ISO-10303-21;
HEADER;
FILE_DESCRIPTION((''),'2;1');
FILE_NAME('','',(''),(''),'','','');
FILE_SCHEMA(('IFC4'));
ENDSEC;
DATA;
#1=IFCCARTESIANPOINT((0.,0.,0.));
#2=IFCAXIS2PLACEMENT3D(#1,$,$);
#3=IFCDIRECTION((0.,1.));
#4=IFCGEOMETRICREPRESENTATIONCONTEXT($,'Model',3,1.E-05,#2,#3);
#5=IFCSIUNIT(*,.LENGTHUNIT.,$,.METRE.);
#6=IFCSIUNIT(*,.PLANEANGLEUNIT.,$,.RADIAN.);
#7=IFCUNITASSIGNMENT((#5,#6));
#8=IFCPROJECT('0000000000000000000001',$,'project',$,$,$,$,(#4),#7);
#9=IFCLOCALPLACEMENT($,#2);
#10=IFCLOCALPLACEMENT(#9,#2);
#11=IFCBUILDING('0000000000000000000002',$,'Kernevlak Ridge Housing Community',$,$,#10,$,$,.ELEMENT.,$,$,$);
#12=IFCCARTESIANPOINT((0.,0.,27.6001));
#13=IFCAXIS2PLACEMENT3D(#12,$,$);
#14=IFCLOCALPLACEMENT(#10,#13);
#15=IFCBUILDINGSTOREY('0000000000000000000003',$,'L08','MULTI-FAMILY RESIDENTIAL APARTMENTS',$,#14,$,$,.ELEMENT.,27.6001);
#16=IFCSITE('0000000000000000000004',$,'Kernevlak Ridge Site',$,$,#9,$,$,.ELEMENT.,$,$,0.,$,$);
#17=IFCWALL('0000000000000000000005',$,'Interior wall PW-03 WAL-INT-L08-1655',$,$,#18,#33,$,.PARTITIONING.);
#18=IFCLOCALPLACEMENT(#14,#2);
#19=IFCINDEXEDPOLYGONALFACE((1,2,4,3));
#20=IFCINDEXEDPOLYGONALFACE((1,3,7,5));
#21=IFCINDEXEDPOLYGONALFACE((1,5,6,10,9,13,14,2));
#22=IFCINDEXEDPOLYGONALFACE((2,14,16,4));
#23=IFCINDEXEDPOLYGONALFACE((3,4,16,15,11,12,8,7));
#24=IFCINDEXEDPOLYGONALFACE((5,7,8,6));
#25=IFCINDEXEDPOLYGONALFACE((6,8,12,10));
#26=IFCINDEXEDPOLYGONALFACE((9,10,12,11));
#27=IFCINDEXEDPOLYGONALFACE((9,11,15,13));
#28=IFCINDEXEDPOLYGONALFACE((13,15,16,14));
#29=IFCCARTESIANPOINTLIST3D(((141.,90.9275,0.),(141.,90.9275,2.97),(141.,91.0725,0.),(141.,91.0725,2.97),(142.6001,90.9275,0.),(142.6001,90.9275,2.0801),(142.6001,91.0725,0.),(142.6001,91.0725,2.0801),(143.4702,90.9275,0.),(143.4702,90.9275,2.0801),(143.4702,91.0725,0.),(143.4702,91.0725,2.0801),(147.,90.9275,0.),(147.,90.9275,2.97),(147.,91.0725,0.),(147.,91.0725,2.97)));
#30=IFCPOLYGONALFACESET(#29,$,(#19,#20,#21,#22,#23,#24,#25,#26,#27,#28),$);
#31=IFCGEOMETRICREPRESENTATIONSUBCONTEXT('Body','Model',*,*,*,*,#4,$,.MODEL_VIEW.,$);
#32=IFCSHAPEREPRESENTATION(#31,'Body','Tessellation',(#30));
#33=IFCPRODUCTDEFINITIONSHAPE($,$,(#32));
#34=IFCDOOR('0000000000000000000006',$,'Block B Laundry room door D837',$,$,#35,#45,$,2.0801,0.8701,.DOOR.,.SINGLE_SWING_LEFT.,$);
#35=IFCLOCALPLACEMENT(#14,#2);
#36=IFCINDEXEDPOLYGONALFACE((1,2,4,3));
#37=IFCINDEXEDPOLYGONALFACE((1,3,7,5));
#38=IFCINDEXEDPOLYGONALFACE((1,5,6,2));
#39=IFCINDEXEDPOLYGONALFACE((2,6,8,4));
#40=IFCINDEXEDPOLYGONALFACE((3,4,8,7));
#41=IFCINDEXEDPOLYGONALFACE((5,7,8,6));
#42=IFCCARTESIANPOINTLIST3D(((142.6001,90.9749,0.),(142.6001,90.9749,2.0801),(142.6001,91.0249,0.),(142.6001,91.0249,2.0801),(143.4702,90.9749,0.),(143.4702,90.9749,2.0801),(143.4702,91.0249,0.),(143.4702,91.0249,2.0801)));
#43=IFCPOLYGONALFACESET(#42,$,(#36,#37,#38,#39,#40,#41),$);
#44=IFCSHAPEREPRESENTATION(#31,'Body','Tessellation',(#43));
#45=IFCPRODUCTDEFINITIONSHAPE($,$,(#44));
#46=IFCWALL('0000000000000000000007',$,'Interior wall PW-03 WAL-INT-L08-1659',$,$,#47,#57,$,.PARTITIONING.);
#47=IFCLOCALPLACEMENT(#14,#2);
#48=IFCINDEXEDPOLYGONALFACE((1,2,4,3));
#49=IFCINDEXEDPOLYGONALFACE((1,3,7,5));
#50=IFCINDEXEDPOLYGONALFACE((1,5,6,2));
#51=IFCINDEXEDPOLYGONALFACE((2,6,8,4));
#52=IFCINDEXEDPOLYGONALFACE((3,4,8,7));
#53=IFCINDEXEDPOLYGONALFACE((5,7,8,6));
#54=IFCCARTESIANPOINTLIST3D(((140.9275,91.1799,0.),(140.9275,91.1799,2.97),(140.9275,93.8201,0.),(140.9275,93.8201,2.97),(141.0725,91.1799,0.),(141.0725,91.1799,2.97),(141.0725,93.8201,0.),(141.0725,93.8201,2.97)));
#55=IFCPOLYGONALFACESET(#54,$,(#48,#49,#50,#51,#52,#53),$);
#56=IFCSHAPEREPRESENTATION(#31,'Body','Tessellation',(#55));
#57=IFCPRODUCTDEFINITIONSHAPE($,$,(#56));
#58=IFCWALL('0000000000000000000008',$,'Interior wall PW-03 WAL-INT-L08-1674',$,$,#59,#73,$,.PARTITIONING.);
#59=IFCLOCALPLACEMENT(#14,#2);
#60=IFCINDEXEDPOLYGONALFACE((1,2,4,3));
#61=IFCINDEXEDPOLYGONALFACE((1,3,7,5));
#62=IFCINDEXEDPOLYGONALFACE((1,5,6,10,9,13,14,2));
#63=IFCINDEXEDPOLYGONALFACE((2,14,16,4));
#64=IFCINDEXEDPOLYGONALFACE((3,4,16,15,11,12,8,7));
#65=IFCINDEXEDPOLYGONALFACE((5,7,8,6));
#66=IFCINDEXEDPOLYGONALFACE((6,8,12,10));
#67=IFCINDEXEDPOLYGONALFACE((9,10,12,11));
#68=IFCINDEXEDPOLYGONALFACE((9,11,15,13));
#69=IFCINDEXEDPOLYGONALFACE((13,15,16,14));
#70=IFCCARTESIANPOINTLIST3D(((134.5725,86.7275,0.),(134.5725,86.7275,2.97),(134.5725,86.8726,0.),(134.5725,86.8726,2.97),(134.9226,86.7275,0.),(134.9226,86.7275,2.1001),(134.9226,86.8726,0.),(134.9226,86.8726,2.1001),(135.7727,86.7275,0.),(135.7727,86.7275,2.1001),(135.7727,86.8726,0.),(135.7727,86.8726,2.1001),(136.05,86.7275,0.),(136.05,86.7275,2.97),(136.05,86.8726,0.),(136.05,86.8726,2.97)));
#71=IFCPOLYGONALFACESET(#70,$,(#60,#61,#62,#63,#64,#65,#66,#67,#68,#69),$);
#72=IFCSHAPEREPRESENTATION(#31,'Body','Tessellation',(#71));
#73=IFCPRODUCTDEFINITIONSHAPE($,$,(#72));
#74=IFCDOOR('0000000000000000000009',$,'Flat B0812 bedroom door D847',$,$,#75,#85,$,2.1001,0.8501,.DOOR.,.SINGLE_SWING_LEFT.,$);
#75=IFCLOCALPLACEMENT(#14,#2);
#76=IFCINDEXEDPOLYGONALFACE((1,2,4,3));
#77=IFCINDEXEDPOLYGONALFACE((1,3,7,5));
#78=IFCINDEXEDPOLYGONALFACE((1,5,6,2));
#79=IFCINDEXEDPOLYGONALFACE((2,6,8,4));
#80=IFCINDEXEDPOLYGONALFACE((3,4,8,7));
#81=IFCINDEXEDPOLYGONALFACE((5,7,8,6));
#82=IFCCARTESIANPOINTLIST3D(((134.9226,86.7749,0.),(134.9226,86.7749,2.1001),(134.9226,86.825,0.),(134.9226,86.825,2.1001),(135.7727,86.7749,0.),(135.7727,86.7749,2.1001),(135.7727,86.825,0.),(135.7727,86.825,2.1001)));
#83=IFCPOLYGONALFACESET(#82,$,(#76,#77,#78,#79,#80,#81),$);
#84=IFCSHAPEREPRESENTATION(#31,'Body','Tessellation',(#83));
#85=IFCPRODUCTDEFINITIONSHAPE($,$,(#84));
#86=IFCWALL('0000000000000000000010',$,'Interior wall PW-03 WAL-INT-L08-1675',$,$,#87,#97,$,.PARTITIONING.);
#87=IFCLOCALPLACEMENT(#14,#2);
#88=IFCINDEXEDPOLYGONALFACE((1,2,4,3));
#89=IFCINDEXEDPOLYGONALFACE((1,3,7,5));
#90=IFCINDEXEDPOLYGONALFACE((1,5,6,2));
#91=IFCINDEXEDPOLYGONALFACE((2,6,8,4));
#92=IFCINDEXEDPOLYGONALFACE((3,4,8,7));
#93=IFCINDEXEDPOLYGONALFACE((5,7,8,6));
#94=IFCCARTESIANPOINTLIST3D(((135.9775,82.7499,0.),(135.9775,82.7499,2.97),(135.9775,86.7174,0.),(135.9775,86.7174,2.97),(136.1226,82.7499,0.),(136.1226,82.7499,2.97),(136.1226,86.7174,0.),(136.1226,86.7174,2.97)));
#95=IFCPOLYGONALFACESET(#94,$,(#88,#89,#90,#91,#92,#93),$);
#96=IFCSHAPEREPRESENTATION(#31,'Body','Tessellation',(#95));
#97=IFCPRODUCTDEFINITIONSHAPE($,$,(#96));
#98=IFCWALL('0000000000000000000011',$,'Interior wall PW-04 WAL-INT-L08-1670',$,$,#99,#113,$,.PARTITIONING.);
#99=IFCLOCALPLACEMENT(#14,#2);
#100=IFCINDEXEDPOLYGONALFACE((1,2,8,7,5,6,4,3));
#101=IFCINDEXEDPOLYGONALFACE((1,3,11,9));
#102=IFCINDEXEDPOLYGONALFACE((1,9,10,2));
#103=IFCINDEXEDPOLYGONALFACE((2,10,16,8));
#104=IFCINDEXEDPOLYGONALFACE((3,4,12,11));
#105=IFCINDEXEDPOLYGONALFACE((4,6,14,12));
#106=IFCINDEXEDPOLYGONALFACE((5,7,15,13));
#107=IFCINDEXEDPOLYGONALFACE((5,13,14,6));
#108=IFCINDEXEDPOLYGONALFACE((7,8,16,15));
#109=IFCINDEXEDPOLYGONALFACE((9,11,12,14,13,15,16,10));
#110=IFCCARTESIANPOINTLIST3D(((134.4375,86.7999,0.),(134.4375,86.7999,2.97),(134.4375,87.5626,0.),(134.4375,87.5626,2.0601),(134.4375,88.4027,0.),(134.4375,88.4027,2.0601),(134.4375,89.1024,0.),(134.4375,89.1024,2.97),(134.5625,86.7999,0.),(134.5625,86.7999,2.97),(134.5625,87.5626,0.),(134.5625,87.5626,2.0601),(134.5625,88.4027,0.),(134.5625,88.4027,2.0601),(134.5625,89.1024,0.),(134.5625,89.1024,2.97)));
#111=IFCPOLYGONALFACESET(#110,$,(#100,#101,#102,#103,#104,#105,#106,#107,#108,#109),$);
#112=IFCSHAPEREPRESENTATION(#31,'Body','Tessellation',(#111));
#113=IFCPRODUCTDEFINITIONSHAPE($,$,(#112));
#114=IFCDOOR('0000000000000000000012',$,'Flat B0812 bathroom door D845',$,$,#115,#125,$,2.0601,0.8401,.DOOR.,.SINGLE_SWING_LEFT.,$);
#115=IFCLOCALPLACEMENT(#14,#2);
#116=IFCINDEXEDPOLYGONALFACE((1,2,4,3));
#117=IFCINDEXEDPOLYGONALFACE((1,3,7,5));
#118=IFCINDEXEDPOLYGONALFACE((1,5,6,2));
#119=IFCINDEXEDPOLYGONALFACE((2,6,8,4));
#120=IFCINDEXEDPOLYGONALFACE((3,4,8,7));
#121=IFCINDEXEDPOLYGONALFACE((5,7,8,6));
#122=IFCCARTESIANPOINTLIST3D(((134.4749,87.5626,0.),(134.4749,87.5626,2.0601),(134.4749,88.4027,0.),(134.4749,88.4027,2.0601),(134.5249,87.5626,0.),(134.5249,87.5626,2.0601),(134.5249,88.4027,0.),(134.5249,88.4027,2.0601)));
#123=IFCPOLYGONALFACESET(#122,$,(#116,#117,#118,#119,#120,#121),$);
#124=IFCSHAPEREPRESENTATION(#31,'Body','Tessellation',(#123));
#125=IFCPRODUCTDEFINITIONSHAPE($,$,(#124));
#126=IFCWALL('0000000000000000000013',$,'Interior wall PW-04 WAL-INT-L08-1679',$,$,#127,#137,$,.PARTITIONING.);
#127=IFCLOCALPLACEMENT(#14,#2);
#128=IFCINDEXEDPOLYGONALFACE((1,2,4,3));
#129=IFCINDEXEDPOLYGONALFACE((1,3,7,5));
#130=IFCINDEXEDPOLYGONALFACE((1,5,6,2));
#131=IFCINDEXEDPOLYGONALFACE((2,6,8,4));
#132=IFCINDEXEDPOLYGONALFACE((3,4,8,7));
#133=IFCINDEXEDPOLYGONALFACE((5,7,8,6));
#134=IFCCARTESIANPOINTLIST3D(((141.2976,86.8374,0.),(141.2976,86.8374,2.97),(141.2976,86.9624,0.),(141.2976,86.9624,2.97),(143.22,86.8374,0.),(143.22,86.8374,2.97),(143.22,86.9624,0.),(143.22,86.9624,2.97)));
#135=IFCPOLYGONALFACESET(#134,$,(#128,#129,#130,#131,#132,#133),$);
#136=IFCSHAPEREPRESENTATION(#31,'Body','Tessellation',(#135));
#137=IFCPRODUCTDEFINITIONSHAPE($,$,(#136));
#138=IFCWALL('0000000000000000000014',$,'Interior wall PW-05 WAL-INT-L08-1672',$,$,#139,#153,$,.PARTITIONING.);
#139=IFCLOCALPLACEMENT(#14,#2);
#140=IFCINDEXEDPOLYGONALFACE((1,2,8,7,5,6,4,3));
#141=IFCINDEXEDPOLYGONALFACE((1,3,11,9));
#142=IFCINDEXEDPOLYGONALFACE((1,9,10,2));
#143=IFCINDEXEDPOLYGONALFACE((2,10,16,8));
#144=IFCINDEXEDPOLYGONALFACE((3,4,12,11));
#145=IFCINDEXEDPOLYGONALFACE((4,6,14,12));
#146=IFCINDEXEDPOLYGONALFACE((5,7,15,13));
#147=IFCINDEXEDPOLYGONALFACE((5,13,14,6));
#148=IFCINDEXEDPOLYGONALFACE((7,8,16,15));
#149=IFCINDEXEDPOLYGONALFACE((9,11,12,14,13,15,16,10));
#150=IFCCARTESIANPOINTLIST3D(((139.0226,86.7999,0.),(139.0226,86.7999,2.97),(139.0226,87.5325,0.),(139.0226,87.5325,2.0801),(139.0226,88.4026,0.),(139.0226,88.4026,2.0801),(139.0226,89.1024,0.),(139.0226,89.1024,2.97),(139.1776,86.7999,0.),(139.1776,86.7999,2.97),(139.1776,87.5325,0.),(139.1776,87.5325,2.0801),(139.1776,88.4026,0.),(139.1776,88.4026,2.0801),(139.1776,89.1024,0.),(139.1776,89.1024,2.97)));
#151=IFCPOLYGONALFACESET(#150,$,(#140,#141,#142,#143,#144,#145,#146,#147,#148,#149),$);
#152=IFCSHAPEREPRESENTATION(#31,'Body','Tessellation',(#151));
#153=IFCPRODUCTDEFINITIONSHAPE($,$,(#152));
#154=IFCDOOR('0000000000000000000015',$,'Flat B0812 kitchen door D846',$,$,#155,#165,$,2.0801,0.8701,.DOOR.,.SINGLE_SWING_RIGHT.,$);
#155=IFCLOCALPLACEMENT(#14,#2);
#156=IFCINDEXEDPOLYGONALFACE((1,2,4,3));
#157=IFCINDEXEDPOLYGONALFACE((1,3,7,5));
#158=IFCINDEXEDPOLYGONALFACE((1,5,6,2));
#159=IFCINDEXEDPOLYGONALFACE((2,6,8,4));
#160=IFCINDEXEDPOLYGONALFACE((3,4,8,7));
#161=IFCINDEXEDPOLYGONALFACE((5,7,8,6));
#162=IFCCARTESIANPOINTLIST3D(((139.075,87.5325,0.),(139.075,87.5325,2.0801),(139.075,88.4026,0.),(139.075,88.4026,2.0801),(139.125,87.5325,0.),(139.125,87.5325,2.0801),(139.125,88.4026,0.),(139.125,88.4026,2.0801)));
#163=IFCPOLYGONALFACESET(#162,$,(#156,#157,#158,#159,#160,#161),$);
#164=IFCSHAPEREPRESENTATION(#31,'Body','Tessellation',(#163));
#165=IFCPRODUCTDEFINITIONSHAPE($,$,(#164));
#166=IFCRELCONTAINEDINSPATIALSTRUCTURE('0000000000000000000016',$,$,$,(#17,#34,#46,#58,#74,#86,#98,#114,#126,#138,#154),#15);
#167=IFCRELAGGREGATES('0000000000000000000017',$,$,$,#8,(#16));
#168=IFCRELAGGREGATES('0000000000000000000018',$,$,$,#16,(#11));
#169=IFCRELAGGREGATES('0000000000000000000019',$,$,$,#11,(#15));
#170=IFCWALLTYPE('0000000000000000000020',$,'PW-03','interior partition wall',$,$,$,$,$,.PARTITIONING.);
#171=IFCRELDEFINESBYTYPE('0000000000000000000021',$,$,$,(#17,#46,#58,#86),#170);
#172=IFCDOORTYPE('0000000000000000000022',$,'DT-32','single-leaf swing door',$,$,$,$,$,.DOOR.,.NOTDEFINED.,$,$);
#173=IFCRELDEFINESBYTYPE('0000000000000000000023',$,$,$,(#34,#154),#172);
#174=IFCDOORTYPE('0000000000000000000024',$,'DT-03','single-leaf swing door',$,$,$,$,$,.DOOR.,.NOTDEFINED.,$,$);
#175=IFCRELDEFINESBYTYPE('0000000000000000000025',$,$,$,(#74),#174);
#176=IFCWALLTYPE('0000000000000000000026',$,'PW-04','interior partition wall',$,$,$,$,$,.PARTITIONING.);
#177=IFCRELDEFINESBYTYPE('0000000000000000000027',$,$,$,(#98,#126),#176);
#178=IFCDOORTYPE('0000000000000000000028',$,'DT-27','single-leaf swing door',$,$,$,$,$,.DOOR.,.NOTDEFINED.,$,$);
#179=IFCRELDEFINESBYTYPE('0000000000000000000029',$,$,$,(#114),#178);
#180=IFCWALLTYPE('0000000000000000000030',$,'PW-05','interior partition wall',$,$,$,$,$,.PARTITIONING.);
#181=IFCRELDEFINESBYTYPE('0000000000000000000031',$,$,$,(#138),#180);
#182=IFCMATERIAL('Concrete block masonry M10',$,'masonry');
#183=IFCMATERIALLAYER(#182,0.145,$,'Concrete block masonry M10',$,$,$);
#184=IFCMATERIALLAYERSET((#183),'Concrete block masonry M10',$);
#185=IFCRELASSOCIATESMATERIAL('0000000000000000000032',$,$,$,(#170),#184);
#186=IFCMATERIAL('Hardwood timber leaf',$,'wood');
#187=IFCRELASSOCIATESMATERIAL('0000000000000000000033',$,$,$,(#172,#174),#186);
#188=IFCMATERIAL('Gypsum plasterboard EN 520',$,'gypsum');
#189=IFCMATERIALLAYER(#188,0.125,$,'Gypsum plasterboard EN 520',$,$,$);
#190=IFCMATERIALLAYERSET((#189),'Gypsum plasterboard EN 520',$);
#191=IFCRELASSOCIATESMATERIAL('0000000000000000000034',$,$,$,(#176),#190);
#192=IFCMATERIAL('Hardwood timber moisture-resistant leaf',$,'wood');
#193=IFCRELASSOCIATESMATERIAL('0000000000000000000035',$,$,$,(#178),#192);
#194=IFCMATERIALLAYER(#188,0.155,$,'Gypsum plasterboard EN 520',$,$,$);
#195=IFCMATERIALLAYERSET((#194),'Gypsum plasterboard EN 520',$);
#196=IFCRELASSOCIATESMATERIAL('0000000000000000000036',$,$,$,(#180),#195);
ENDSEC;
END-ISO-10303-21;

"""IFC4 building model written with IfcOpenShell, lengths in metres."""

from ifc_helpers import new_model, si_unit, direction, frame, frame_2d, origin, place, context, subcontext, project, spatial, rectangle, extrude, material, layer, layer_set, type_object, element, fill, save


model = new_model("IFC4")

# Units and contexts
model_context = context("Model", 3, precision=1e-05, world=origin(), true_north=direction((0.0, 1.0)))
body_context = subcontext(model_context, "Body", "Model", "MODEL_VIEW")
ifc_project = project(units=[si_unit("LENGTHUNIT", "METRE"), si_unit("PLANEANGLEUNIT", "RADIAN")], contexts=[model_context])

# Site, building, storey
site_placement = place(None, origin())
site = spatial("IfcSite", under=ifc_project, at=site_placement, Name="Kernevlak Ridge Site", CompositionType="ELEMENT", RefElevation=0.0)
building_placement = place(site_placement, origin())
building = spatial("IfcBuilding", under=site, at=building_placement, Name="Kernevlak Ridge Housing Community", CompositionType="ELEMENT")
storey_placement = place(building_placement, frame((0.0, 0.0, 27.6001)))
storey = spatial("IfcBuildingStorey", under=building, at=storey_placement, Name="L08", Description="MULTI-FAMILY RESIDENTIAL APARTMENTS", CompositionType="ELEMENT", Elevation=27.6001)

# Shared definitions
ifc_material_1 = material(Name="Concrete block masonry M10", Category="masonry")

# Wall, opening, door
ifc_layer_1 = layer(ifc_material_1, 0.145, Name="Concrete block masonry M10")
ifc_layer_set_1 = layer_set([ifc_layer_1], Name="Concrete block masonry M10")
wall_type_1 = type_object("IfcWallType", Name="PW-03", Description="interior partition wall", PredefinedType="PARTITIONING", material=ifc_layer_set_1)
wall_1_placement = place(storey_placement, frame((141.0, 91.0, 0.0), z_axis=(0.0, 0.0, 1.0), x_axis=(1.0, 0.0, 0.0)))
wall_1 = element("IfcWall", 1, at=wall_1_placement, inside=storey, type_object=wall_type_1, Name="Interior wall PW-03 WAL-INT-L08-1655", PredefinedType="PARTITIONING", context=body_context, shape_type="SweptSolid", body=[
    extrude(rectangle(XDim=6.0, YDim=0.145, at=frame_2d((3.0, 0.0))), origin(), (0.0, 0.0, 1.0), 2.97),
])
opening_1_placement = place(wall_1_placement, frame((1.6001, 0.0, 0.0)))
opening_1 = element("IfcOpeningElement", 2, at=opening_1_placement, cuts=wall_1, PredefinedType="OPENING", context=body_context, shape_type="SweptSolid", body=[
    extrude(rectangle(XDim=0.8701, YDim=2.0801, at=frame_2d((0.4351, 1.04))), frame((0.0, 0.0825, 0.0), z_axis=(0.0, -1.0, 0.0), x_axis=(1.0, 0.0, 0.0)), (0.0, 0.0, 1.0), 0.165),
])
ifc_material_2 = material(Name="Hardwood timber leaf", Category="wood")
door_type_1 = type_object("IfcDoorType", Name="DT-32", Description="single-leaf swing door", OperationType="NOTDEFINED", PredefinedType="DOOR", material=ifc_material_2)
door_1_placement = place(opening_1_placement, origin())
door_1 = element("IfcDoor", 3, at=door_1_placement, inside=storey, type_object=door_type_1, Name="Block B Laundry room door D837", OperationType="SINGLE_SWING_LEFT", OverallHeight=2.0801, OverallWidth=0.8701, PredefinedType="DOOR", context=body_context, shape_type="SweptSolid", body=[
    extrude(rectangle(XDim=0.8701, YDim=2.0801, at=frame_2d((0.4351, 1.04))), frame((0.0, 0.0249, 0.0), z_axis=(0.0, -1.0, 0.0), x_axis=(1.0, 0.0, 0.0)), (0.0, 0.0, 1.0), 0.05),
])
fill(opening_1, door_1)

# Wall
wall_2_placement = place(storey_placement, frame((141.0, 91.1799, 0.0), z_axis=(0.0, 0.0, 1.0), x_axis=(0.0, 1.0, 0.0)))
element("IfcWall", 4, at=wall_2_placement, inside=storey, type_object=wall_type_1, Name="Interior wall PW-03 WAL-INT-L08-1659", PredefinedType="PARTITIONING", context=body_context, shape_type="SweptSolid", body=[
    extrude(rectangle(XDim=2.6401, YDim=0.145, at=frame_2d((1.3201, 0.0))), origin(), (0.0, 0.0, 1.0), 2.97),
])

# Wall, opening, door
wall_3_placement = place(storey_placement, frame((134.5725, 86.8, 0.0), z_axis=(0.0, 0.0, 1.0), x_axis=(1.0, 0.0, 0.0)))
wall_3 = element("IfcWall", 5, at=wall_3_placement, inside=storey, type_object=wall_type_1, Name="Interior wall PW-03 WAL-INT-L08-1674", PredefinedType="PARTITIONING", context=body_context, shape_type="SweptSolid", body=[
    extrude(rectangle(XDim=1.4775, YDim=0.145, at=frame_2d((0.7388, 0.0))), origin(), (0.0, 0.0, 1.0), 2.97),
])
opening_2_placement = place(wall_3_placement, frame((0.3501, 0.0, 0.0)))
opening_2 = element("IfcOpeningElement", 6, at=opening_2_placement, cuts=wall_3, PredefinedType="OPENING", context=body_context, shape_type="SweptSolid", body=[
    extrude(rectangle(XDim=0.8501, YDim=2.1001, at=frame_2d((0.425, 1.05))), frame((0.0, 0.0825, 0.0), z_axis=(0.0, -1.0, 0.0), x_axis=(1.0, 0.0, 0.0)), (0.0, 0.0, 1.0), 0.165),
])
door_type_2 = type_object("IfcDoorType", Name="DT-03", Description="single-leaf swing door", OperationType="NOTDEFINED", PredefinedType="DOOR", material=ifc_material_2)
door_2_placement = place(opening_2_placement, origin())
door_2 = element("IfcDoor", 7, at=door_2_placement, inside=storey, type_object=door_type_2, Name="Flat B0812 bedroom door D847", OperationType="SINGLE_SWING_LEFT", OverallHeight=2.1001, OverallWidth=0.8501, PredefinedType="DOOR", context=body_context, shape_type="SweptSolid", body=[
    extrude(rectangle(XDim=0.8501, YDim=2.1001, at=frame_2d((0.425, 1.05))), frame((0.0, 0.0249, 0.0), z_axis=(0.0, -1.0, 0.0), x_axis=(1.0, 0.0, 0.0)), (0.0, 0.0, 1.0), 0.05),
])
fill(opening_2, door_2)

# Wall
wall_4_placement = place(storey_placement, frame((136.05, 86.7175, 0.0), z_axis=(0.0, 0.0, 1.0), x_axis=(0.0, -1.0, 0.0)))
element("IfcWall", 8, at=wall_4_placement, inside=storey, type_object=wall_type_1, Name="Interior wall PW-03 WAL-INT-L08-1675", PredefinedType="PARTITIONING", context=body_context, shape_type="SweptSolid", body=[
    extrude(rectangle(XDim=3.9675, YDim=0.145, at=frame_2d((1.9839, 0.0))), origin(), (0.0, 0.0, 1.0), 2.97),
])

# Wall, opening, door
ifc_material_3 = material(Name="Gypsum plasterboard EN 520", Category="gypsum")
ifc_layer_2 = layer(ifc_material_3, 0.125, Name="Gypsum plasterboard EN 520")
ifc_layer_set_2 = layer_set([ifc_layer_2], Name="Gypsum plasterboard EN 520")
wall_type_2 = type_object("IfcWallType", Name="PW-04", Description="interior partition wall", PredefinedType="PARTITIONING", material=ifc_layer_set_2)
wall_5_placement = place(storey_placement, frame((134.5, 89.1025, 0.0), z_axis=(0.0, 0.0, 1.0), x_axis=(0.0, -1.0, 0.0)))
wall_5 = element("IfcWall", 9, at=wall_5_placement, inside=storey, type_object=wall_type_2, Name="Interior wall PW-04 WAL-INT-L08-1670", PredefinedType="PARTITIONING", context=body_context, shape_type="SweptSolid", body=[
    extrude(rectangle(XDim=2.3025, YDim=0.125, at=frame_2d((1.1514, 0.0))), origin(), (0.0, 0.0, 1.0), 2.97),
])
opening_3_placement = place(wall_5_placement, frame((0.7, 0.0, 0.0)))
opening_3 = element("IfcOpeningElement", 10, at=opening_3_placement, cuts=wall_5, PredefinedType="OPENING", context=body_context, shape_type="SweptSolid", body=[
    extrude(rectangle(XDim=0.8401, YDim=2.0601, at=frame_2d((0.4199, 1.03))), frame((0.0, 0.0725, 0.0), z_axis=(0.0, -1.0, 0.0), x_axis=(1.0, 0.0, 0.0)), (0.0, 0.0, 1.0), 0.145),
])
ifc_material_4 = material(Name="Hardwood timber moisture-resistant leaf", Category="wood")
door_type_3 = type_object("IfcDoorType", Name="DT-27", Description="single-leaf swing door", OperationType="NOTDEFINED", PredefinedType="DOOR", material=ifc_material_4)
door_3_placement = place(opening_3_placement, origin())
door_3 = element("IfcDoor", 11, at=door_3_placement, inside=storey, type_object=door_type_3, Name="Flat B0812 bathroom door D845", OperationType="SINGLE_SWING_LEFT", OverallHeight=2.0601, OverallWidth=0.8401, PredefinedType="DOOR", context=body_context, shape_type="SweptSolid", body=[
    extrude(rectangle(XDim=0.8401, YDim=2.0601, at=frame_2d((0.4199, 1.03))), frame((0.0, 0.0249, 0.0), z_axis=(0.0, -1.0, 0.0), x_axis=(1.0, 0.0, 0.0)), (0.0, 0.0, 1.0), 0.05),
])
fill(opening_3, door_3)

# Wall
wall_6_placement = place(storey_placement, frame((141.2976, 86.8999, 0.0), z_axis=(0.0, 0.0, 1.0), x_axis=(1.0, 0.0, 0.0)))
element("IfcWall", 12, at=wall_6_placement, inside=storey, type_object=wall_type_2, Name="Interior wall PW-04 WAL-INT-L08-1679", PredefinedType="PARTITIONING", context=body_context, shape_type="SweptSolid", body=[
    extrude(rectangle(XDim=1.9224, YDim=0.125, at=frame_2d((0.9612, 0.0))), origin(), (0.0, 0.0, 1.0), 2.97),
])

# Wall, opening, door
ifc_layer_3 = layer(ifc_material_3, 0.155, Name="Gypsum plasterboard EN 520")
ifc_layer_set_3 = layer_set([ifc_layer_3], Name="Gypsum plasterboard EN 520")
wall_type_3 = type_object("IfcWallType", Name="PW-05", Description="interior partition wall", PredefinedType="PARTITIONING", material=ifc_layer_set_3)
wall_7_placement = place(storey_placement, frame((139.1001, 89.1025, 0.0), z_axis=(0.0, 0.0, 1.0), x_axis=(0.0, -1.0, 0.0)))
wall_7 = element("IfcWall", 13, at=wall_7_placement, inside=storey, type_object=wall_type_3, Name="Interior wall PW-05 WAL-INT-L08-1672", PredefinedType="PARTITIONING", context=body_context, shape_type="SweptSolid", body=[
    extrude(rectangle(XDim=2.3025, YDim=0.155, at=frame_2d((1.1514, 0.0))), origin(), (0.0, 0.0, 1.0), 2.97),
])
opening_4_placement = place(wall_7_placement, frame((0.7, 0.0, 0.0)))
opening_4 = element("IfcOpeningElement", 14, at=opening_4_placement, cuts=wall_7, PredefinedType="OPENING", context=body_context, shape_type="SweptSolid", body=[
    extrude(rectangle(XDim=0.8701, YDim=2.0801, at=frame_2d((0.4351, 1.04))), frame((0.0, 0.0874, 0.0), z_axis=(0.0, -1.0, 0.0), x_axis=(1.0, 0.0, 0.0)), (0.0, 0.0, 1.0), 0.175),
])
door_4_placement = place(opening_4_placement, origin())
door_4 = element("IfcDoor", 15, at=door_4_placement, inside=storey, type_object=door_type_1, Name="Flat B0812 kitchen door D846", OperationType="SINGLE_SWING_RIGHT", OverallHeight=2.0801, OverallWidth=0.8701, PredefinedType="DOOR", context=body_context, shape_type="SweptSolid", body=[
    extrude(rectangle(XDim=0.8701, YDim=2.0801, at=frame_2d((0.4351, 1.04))), frame((0.0, 0.0249, 0.0), z_axis=(0.0, -1.0, 0.0), x_axis=(1.0, 0.0, 0.0)), (0.0, 0.0, 1.0), 0.05),
])
fill(opening_4, door_4)

save(model, "model.ifc")
